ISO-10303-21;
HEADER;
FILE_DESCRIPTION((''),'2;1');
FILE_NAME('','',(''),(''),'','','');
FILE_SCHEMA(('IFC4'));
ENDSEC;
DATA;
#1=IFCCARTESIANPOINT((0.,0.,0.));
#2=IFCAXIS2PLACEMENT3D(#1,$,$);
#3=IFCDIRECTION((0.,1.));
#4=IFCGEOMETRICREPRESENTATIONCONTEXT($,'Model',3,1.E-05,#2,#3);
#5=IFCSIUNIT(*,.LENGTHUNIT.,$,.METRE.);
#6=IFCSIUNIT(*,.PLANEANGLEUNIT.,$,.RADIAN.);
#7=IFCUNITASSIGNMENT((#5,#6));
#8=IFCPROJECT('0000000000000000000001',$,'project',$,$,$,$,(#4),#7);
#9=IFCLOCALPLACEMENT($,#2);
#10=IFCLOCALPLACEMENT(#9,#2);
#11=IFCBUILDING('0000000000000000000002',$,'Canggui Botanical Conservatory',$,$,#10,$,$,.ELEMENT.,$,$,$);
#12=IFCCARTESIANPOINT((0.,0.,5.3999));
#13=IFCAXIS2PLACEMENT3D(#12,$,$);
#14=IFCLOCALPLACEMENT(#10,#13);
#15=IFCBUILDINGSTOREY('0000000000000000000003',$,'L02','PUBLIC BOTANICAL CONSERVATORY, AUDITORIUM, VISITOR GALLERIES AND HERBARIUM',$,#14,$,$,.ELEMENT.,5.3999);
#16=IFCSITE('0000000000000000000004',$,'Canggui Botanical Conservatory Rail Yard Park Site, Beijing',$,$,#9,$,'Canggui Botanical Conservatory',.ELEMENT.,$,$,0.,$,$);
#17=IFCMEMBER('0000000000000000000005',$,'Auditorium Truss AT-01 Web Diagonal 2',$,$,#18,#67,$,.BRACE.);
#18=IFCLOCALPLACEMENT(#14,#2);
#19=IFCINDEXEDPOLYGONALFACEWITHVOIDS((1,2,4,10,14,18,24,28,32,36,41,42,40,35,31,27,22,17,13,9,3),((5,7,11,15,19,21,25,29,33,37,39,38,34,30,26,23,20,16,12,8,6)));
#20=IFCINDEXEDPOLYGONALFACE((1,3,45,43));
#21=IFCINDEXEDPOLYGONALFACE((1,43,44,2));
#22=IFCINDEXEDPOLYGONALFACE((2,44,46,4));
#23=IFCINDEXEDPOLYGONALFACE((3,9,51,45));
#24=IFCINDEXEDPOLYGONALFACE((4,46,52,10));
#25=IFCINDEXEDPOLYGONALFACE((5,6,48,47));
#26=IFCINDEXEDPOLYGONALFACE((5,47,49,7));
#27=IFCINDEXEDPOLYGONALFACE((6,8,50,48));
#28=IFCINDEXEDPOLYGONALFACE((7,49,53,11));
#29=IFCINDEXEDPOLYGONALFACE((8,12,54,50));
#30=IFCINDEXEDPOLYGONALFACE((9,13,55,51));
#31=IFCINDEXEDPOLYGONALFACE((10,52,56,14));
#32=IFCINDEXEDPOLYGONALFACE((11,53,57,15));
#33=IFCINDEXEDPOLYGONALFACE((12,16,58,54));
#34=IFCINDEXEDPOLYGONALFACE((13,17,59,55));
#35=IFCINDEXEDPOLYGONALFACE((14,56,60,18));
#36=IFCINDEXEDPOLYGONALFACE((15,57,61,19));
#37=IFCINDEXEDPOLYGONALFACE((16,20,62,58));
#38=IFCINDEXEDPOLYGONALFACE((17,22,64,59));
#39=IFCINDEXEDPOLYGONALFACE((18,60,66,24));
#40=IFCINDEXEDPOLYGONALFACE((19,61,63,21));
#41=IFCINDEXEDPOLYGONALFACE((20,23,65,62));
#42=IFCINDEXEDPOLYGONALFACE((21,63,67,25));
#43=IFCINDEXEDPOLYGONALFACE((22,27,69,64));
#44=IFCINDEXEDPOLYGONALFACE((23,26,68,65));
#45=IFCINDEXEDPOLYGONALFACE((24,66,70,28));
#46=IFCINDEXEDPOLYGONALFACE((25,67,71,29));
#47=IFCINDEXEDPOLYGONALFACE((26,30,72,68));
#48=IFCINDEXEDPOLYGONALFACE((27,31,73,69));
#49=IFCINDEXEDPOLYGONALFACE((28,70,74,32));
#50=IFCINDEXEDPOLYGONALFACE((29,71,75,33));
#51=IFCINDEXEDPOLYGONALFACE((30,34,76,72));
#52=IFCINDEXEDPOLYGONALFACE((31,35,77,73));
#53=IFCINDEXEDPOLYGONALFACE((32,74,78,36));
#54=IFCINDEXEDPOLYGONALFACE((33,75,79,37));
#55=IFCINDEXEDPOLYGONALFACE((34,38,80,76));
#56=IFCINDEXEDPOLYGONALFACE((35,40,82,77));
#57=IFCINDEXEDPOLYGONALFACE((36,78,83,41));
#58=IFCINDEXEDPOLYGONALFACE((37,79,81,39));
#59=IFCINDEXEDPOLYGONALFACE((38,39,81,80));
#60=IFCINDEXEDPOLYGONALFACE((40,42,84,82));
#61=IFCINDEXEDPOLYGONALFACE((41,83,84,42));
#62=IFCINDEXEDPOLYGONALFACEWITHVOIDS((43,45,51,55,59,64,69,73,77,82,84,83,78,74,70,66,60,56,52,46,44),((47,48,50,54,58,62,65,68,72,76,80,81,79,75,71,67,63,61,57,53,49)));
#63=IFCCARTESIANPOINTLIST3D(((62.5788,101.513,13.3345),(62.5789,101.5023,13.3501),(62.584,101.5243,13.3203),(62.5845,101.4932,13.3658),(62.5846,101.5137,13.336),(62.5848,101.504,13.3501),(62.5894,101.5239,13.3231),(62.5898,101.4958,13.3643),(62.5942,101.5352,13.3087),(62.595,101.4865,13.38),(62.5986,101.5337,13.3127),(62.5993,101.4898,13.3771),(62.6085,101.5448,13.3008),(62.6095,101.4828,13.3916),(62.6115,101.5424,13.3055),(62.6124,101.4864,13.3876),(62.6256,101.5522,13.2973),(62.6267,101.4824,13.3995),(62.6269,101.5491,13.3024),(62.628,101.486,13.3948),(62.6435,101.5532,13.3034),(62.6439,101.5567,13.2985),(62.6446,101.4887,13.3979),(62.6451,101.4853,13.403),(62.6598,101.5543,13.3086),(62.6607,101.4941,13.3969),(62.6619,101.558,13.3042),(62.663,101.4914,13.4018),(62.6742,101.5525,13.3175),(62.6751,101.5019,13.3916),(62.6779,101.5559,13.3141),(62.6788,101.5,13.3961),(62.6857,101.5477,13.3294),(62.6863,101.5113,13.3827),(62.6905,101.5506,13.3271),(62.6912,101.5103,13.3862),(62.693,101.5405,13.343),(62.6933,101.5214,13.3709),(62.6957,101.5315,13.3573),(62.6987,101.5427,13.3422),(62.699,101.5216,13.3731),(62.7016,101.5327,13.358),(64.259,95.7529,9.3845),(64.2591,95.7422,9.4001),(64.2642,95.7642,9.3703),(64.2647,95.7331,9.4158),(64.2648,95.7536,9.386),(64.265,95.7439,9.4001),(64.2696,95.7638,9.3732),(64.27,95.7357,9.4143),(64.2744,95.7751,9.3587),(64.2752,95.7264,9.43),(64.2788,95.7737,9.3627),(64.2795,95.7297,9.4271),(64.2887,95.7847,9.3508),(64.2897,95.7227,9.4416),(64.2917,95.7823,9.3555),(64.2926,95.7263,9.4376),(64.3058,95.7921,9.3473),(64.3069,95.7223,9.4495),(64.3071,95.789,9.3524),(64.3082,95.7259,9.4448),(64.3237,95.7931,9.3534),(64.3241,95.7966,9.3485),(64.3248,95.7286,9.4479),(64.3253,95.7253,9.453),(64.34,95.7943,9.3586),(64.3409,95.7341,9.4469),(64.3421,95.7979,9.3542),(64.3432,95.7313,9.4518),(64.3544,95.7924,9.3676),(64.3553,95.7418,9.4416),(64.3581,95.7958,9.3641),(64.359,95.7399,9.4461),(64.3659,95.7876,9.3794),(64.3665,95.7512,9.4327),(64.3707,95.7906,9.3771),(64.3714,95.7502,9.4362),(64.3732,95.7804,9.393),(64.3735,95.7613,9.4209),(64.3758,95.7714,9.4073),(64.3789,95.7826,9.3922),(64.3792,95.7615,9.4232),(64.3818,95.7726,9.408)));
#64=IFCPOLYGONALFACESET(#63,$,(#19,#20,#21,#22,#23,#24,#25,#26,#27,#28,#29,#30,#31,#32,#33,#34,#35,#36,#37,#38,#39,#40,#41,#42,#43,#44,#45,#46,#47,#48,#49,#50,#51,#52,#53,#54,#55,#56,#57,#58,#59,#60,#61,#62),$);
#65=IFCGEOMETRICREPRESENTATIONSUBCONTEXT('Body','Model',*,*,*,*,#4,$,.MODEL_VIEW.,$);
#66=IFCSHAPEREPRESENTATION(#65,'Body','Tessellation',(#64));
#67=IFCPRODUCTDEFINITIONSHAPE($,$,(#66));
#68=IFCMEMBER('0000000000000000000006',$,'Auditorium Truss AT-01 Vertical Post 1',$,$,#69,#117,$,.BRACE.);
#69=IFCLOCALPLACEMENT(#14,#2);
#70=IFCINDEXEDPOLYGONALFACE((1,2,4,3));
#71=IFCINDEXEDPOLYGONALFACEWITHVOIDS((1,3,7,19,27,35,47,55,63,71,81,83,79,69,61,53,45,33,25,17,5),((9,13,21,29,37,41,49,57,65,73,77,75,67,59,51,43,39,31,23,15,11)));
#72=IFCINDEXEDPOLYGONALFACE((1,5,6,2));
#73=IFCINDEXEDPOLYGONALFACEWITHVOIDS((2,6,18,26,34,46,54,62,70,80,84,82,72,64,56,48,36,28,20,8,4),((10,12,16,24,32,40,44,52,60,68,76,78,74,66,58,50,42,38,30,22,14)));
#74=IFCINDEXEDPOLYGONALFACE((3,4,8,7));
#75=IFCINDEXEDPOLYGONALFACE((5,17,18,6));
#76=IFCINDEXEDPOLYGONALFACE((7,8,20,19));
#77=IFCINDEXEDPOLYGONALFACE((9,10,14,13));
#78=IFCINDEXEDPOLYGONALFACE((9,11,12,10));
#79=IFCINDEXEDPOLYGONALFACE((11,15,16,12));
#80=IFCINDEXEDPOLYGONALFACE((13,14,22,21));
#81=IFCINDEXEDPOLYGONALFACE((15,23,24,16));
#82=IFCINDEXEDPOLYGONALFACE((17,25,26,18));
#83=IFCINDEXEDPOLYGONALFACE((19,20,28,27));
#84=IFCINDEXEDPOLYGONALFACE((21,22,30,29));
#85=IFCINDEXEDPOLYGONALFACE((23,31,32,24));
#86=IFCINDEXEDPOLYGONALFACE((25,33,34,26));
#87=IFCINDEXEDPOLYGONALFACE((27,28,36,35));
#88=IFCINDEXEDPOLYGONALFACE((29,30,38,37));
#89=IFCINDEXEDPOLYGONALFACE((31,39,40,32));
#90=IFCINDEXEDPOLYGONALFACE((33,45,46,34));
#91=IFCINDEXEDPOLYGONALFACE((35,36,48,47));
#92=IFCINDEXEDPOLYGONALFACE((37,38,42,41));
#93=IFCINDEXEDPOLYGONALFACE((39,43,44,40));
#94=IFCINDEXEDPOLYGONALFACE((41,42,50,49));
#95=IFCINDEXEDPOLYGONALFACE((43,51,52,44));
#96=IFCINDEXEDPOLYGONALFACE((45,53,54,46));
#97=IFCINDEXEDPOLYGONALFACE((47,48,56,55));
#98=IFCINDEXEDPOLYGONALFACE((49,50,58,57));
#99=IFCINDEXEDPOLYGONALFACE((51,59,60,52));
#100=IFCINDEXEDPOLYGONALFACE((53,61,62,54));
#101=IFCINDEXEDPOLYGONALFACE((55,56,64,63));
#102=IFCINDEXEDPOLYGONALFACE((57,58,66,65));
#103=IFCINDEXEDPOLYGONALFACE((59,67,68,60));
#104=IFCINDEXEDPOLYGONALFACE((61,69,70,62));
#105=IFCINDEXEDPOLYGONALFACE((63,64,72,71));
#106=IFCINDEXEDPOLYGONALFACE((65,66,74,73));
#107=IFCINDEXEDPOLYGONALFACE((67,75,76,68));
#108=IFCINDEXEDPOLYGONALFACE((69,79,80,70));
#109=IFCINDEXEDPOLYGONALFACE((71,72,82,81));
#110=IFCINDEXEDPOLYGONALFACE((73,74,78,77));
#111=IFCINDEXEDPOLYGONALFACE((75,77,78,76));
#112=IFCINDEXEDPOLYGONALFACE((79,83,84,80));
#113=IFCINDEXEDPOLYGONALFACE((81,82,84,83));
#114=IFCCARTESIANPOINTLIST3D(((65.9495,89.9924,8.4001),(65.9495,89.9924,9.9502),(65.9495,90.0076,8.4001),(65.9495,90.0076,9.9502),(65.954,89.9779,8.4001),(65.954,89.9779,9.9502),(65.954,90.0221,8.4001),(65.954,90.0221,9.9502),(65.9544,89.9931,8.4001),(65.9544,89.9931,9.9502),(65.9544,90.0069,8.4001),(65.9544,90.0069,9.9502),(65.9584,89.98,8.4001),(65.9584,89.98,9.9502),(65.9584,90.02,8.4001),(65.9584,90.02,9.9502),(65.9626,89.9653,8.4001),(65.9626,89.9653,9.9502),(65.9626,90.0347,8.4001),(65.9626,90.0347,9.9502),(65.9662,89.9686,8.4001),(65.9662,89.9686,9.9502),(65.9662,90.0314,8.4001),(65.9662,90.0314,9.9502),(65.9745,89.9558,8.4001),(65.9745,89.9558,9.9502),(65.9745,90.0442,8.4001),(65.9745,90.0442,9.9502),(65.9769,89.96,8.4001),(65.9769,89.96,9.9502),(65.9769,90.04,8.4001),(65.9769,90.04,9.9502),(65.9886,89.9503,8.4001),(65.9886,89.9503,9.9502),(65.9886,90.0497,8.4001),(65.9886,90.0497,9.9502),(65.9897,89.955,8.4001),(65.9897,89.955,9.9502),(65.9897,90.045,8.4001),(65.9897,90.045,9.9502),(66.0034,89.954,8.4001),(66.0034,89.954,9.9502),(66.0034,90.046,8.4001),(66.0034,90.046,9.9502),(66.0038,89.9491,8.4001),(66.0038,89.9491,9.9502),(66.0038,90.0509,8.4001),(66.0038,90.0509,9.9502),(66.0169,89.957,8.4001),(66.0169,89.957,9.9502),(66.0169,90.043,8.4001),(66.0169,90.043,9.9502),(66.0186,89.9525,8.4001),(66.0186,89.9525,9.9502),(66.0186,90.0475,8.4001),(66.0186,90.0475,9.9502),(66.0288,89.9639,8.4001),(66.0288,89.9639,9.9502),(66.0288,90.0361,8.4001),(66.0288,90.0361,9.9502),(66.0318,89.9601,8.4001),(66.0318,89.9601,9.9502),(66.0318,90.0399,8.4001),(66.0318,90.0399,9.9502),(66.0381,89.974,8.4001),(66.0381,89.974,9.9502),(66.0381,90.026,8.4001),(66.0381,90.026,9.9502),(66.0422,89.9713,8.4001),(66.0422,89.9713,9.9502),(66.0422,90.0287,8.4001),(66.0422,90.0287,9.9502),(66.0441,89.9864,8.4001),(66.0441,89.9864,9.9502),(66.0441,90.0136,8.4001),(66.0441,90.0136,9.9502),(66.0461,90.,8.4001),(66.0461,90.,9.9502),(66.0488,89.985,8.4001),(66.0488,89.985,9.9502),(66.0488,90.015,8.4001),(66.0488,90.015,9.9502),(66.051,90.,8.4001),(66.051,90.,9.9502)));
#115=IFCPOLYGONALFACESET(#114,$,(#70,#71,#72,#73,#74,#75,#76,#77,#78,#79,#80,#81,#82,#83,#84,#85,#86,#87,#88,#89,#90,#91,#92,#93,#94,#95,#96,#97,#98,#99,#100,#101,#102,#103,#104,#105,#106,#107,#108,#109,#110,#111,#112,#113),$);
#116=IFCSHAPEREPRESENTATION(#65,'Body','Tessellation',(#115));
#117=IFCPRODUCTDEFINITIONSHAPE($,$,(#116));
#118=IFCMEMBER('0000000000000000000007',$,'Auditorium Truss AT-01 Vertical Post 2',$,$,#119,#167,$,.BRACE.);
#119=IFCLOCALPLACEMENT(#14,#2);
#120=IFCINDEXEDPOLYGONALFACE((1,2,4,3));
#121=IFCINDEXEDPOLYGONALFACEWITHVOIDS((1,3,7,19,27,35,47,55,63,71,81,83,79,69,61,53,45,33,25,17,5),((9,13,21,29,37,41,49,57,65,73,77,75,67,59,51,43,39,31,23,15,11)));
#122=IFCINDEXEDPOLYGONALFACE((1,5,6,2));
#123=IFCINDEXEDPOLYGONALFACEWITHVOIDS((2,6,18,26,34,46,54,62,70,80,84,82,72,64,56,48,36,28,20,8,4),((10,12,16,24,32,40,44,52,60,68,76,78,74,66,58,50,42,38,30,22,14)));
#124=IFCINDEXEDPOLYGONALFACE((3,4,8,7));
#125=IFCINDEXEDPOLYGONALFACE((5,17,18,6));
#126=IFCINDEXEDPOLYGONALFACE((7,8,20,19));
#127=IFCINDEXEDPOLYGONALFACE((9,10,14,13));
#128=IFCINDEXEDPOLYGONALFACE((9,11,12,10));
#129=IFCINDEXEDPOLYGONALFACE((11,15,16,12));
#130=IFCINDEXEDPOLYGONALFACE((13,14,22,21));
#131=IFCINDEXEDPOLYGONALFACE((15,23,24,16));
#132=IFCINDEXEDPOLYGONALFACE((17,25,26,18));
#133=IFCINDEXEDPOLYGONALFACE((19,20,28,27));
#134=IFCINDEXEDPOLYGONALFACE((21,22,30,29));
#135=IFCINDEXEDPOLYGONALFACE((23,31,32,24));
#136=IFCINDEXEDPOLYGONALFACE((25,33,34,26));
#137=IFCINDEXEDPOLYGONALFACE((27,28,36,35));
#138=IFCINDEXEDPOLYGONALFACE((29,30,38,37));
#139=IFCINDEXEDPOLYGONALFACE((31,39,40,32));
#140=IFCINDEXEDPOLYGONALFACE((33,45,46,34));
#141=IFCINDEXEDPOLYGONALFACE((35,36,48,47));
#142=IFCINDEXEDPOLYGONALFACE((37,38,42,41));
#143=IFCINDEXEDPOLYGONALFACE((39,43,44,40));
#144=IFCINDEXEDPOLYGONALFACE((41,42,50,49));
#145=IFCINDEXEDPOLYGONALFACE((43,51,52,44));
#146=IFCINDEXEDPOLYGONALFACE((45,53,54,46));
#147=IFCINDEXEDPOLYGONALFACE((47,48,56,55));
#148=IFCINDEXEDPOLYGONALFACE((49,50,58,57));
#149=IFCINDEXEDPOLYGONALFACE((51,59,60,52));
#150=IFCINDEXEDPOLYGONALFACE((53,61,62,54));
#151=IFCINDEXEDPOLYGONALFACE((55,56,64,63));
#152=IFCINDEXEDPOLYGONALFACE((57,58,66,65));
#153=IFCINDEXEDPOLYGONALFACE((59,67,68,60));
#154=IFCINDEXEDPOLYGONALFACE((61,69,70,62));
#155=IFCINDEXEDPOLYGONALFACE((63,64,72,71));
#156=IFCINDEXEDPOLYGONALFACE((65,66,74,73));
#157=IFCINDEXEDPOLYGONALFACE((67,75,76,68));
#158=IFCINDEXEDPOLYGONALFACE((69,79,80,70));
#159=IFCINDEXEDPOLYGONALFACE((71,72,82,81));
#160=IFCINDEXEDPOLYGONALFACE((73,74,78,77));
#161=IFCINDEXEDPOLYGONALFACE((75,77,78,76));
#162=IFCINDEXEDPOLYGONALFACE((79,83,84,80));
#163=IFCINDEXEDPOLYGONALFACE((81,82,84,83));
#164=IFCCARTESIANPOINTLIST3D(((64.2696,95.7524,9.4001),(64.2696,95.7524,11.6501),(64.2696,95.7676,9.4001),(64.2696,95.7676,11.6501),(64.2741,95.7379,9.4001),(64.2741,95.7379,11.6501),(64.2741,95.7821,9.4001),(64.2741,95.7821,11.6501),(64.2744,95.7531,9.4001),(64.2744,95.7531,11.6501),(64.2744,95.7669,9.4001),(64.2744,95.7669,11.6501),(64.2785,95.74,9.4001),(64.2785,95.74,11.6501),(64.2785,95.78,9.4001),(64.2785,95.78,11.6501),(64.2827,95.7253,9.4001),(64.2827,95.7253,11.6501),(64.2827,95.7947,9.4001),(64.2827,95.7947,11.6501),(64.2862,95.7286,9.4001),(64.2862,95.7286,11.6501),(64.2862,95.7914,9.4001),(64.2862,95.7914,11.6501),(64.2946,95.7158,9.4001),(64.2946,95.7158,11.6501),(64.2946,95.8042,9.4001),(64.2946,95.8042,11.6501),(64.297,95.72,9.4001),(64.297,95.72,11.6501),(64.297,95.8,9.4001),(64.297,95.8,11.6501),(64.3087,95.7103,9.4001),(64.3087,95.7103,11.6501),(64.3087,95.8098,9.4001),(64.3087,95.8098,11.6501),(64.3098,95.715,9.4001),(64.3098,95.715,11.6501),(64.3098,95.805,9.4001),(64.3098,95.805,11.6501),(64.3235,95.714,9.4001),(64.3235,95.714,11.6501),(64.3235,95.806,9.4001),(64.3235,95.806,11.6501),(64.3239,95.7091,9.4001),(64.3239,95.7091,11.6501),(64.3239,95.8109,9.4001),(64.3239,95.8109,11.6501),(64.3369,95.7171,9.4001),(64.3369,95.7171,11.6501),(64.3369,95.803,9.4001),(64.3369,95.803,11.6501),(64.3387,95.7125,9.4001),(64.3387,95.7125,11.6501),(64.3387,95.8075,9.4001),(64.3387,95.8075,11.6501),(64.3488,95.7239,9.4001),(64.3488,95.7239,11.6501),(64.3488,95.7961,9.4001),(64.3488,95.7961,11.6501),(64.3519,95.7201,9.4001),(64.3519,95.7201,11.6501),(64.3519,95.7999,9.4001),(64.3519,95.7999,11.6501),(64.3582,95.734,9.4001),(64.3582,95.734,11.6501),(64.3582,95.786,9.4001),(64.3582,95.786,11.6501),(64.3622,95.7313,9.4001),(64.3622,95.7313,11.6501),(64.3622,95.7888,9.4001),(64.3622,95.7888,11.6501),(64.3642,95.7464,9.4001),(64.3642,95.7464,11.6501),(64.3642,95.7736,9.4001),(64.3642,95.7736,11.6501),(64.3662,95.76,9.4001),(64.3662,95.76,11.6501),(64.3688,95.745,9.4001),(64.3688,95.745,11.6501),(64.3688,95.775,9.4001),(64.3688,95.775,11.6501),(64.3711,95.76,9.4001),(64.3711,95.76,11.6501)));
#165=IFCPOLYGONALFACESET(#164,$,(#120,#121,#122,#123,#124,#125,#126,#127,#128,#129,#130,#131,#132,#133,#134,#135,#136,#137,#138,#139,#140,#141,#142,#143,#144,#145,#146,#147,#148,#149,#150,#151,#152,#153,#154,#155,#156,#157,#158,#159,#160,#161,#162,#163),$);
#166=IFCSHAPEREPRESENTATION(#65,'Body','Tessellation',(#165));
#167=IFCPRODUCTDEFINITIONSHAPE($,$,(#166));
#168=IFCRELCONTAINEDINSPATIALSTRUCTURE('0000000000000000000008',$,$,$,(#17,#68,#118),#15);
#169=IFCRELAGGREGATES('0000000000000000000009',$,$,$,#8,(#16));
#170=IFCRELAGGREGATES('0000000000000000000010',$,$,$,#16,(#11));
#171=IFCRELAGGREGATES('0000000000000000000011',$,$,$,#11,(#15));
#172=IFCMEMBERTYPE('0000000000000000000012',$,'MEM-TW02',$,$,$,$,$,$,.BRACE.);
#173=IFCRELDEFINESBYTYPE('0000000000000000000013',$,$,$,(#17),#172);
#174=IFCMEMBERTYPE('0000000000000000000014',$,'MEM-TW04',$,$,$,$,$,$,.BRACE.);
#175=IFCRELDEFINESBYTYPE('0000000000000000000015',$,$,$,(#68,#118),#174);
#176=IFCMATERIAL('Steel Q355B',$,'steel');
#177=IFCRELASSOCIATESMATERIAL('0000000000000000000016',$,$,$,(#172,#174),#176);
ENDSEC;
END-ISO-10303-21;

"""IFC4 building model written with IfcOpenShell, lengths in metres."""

from ifc_helpers import new_model, si_unit, direction, frame, origin, origin_2d, place, context, subcontext, project, spatial, hollow_circle, extrude, material, material_profile, profile_set, type_object, element, save


model = new_model("IFC4")

# Units and contexts
model_context = context("Model", 3, precision=1e-05, world=origin(), true_north=direction((0.0, 1.0)))
body_context = subcontext(model_context, "Body", "Model", "MODEL_VIEW")
ifc_project = project(units=[si_unit("LENGTHUNIT", "METRE"), si_unit("PLANEANGLEUNIT", "RADIAN")], contexts=[model_context])

# Site, building, storey
site_placement = place(None, origin())
site = spatial("IfcSite", under=ifc_project, at=site_placement, Name="Canggui Botanical Conservatory Rail Yard Park Site, Beijing", LongName="Canggui Botanical Conservatory", CompositionType="ELEMENT", RefElevation=0.0)
building_placement = place(site_placement, origin())
building = spatial("IfcBuilding", under=site, at=building_placement, Name="Canggui Botanical Conservatory", CompositionType="ELEMENT")
storey_placement = place(building_placement, frame((0.0, 0.0, 5.3999)))
storey = spatial("IfcBuildingStorey", under=building, at=storey_placement, Name="L02", Description="PUBLIC BOTANICAL CONSERVATORY, AUDITORIUM, VISITOR GALLERIES AND HERBARIUM", CompositionType="ELEMENT", Elevation=5.3999)

# Members
ifc_material_1 = material(Name="Steel Q355B", Category="steel")
ifc_material_profile_1 = material_profile(ifc_material_1, hollow_circle(Radius=0.0635, WallThickness=0.0061, at=origin_2d()), Name="CHS 127x6")
ifc_profile_set_1 = profile_set([ifc_material_profile_1], Name="Steel Q355B")
member_type_1 = type_object("IfcMemberType", Name="MEM-TW02", PredefinedType="BRACE", material=ifc_profile_set_1)
member_1_placement = place(storey_placement, frame((64.3201, 95.76, 9.4001), z_axis=(-0.233893, 0.801838, 0.549864), x_axis=(-0.959992, -0.280027, 0.0)))
element("IfcMember", 1, at=member_1_placement, inside=storey, type_object=member_type_1, Name="Auditorium Truss AT-01 Web Diagonal 2", PredefinedType="BRACE", context=body_context, shape_type="SweptSolid", body=[
    extrude(hollow_circle(Radius=0.0635, WallThickness=0.0061, at=origin_2d()), origin(), (0.0, 0.0, 1.0), 7.1836),
])
ifc_material_profile_2 = material_profile(ifc_material_1, hollow_circle(Radius=0.051, WallThickness=0.0049, at=origin_2d()), Name="CHS 102x5")
ifc_profile_set_2 = profile_set([ifc_material_profile_2], Name="Steel Q355B")
member_type_2 = type_object("IfcMemberType", Name="MEM-TW04", PredefinedType="BRACE", material=ifc_profile_set_2)
member_2_placement = place(storey_placement, frame((66.0, 90.0, 8.4001), z_axis=(0.0, 0.0, 1.0), x_axis=(1.0, 0.0, 0.0)))
element("IfcMember", 2, at=member_2_placement, inside=storey, type_object=member_type_2, Name="Auditorium Truss AT-01 Vertical Post 1", PredefinedType="BRACE", context=body_context, shape_type="SweptSolid", body=[
    extrude(hollow_circle(Radius=0.051, WallThickness=0.0049, at=origin_2d()), origin(), (0.0, 0.0, 1.0), 1.55),
])
member_3_placement = place(storey_placement, frame((64.3201, 95.76, 9.4001), z_axis=(0.0, 0.0, 1.0), x_axis=(1.0, 0.0, 0.0)))
element("IfcMember", 3, at=member_3_placement, inside=storey, type_object=member_type_2, Name="Auditorium Truss AT-01 Vertical Post 2", PredefinedType="BRACE", context=body_context, shape_type="SweptSolid", body=[
    extrude(hollow_circle(Radius=0.051, WallThickness=0.0049, at=origin_2d()), origin(), (0.0, 0.0, 1.0), 2.25),
])

save(model, "model.ifc")
